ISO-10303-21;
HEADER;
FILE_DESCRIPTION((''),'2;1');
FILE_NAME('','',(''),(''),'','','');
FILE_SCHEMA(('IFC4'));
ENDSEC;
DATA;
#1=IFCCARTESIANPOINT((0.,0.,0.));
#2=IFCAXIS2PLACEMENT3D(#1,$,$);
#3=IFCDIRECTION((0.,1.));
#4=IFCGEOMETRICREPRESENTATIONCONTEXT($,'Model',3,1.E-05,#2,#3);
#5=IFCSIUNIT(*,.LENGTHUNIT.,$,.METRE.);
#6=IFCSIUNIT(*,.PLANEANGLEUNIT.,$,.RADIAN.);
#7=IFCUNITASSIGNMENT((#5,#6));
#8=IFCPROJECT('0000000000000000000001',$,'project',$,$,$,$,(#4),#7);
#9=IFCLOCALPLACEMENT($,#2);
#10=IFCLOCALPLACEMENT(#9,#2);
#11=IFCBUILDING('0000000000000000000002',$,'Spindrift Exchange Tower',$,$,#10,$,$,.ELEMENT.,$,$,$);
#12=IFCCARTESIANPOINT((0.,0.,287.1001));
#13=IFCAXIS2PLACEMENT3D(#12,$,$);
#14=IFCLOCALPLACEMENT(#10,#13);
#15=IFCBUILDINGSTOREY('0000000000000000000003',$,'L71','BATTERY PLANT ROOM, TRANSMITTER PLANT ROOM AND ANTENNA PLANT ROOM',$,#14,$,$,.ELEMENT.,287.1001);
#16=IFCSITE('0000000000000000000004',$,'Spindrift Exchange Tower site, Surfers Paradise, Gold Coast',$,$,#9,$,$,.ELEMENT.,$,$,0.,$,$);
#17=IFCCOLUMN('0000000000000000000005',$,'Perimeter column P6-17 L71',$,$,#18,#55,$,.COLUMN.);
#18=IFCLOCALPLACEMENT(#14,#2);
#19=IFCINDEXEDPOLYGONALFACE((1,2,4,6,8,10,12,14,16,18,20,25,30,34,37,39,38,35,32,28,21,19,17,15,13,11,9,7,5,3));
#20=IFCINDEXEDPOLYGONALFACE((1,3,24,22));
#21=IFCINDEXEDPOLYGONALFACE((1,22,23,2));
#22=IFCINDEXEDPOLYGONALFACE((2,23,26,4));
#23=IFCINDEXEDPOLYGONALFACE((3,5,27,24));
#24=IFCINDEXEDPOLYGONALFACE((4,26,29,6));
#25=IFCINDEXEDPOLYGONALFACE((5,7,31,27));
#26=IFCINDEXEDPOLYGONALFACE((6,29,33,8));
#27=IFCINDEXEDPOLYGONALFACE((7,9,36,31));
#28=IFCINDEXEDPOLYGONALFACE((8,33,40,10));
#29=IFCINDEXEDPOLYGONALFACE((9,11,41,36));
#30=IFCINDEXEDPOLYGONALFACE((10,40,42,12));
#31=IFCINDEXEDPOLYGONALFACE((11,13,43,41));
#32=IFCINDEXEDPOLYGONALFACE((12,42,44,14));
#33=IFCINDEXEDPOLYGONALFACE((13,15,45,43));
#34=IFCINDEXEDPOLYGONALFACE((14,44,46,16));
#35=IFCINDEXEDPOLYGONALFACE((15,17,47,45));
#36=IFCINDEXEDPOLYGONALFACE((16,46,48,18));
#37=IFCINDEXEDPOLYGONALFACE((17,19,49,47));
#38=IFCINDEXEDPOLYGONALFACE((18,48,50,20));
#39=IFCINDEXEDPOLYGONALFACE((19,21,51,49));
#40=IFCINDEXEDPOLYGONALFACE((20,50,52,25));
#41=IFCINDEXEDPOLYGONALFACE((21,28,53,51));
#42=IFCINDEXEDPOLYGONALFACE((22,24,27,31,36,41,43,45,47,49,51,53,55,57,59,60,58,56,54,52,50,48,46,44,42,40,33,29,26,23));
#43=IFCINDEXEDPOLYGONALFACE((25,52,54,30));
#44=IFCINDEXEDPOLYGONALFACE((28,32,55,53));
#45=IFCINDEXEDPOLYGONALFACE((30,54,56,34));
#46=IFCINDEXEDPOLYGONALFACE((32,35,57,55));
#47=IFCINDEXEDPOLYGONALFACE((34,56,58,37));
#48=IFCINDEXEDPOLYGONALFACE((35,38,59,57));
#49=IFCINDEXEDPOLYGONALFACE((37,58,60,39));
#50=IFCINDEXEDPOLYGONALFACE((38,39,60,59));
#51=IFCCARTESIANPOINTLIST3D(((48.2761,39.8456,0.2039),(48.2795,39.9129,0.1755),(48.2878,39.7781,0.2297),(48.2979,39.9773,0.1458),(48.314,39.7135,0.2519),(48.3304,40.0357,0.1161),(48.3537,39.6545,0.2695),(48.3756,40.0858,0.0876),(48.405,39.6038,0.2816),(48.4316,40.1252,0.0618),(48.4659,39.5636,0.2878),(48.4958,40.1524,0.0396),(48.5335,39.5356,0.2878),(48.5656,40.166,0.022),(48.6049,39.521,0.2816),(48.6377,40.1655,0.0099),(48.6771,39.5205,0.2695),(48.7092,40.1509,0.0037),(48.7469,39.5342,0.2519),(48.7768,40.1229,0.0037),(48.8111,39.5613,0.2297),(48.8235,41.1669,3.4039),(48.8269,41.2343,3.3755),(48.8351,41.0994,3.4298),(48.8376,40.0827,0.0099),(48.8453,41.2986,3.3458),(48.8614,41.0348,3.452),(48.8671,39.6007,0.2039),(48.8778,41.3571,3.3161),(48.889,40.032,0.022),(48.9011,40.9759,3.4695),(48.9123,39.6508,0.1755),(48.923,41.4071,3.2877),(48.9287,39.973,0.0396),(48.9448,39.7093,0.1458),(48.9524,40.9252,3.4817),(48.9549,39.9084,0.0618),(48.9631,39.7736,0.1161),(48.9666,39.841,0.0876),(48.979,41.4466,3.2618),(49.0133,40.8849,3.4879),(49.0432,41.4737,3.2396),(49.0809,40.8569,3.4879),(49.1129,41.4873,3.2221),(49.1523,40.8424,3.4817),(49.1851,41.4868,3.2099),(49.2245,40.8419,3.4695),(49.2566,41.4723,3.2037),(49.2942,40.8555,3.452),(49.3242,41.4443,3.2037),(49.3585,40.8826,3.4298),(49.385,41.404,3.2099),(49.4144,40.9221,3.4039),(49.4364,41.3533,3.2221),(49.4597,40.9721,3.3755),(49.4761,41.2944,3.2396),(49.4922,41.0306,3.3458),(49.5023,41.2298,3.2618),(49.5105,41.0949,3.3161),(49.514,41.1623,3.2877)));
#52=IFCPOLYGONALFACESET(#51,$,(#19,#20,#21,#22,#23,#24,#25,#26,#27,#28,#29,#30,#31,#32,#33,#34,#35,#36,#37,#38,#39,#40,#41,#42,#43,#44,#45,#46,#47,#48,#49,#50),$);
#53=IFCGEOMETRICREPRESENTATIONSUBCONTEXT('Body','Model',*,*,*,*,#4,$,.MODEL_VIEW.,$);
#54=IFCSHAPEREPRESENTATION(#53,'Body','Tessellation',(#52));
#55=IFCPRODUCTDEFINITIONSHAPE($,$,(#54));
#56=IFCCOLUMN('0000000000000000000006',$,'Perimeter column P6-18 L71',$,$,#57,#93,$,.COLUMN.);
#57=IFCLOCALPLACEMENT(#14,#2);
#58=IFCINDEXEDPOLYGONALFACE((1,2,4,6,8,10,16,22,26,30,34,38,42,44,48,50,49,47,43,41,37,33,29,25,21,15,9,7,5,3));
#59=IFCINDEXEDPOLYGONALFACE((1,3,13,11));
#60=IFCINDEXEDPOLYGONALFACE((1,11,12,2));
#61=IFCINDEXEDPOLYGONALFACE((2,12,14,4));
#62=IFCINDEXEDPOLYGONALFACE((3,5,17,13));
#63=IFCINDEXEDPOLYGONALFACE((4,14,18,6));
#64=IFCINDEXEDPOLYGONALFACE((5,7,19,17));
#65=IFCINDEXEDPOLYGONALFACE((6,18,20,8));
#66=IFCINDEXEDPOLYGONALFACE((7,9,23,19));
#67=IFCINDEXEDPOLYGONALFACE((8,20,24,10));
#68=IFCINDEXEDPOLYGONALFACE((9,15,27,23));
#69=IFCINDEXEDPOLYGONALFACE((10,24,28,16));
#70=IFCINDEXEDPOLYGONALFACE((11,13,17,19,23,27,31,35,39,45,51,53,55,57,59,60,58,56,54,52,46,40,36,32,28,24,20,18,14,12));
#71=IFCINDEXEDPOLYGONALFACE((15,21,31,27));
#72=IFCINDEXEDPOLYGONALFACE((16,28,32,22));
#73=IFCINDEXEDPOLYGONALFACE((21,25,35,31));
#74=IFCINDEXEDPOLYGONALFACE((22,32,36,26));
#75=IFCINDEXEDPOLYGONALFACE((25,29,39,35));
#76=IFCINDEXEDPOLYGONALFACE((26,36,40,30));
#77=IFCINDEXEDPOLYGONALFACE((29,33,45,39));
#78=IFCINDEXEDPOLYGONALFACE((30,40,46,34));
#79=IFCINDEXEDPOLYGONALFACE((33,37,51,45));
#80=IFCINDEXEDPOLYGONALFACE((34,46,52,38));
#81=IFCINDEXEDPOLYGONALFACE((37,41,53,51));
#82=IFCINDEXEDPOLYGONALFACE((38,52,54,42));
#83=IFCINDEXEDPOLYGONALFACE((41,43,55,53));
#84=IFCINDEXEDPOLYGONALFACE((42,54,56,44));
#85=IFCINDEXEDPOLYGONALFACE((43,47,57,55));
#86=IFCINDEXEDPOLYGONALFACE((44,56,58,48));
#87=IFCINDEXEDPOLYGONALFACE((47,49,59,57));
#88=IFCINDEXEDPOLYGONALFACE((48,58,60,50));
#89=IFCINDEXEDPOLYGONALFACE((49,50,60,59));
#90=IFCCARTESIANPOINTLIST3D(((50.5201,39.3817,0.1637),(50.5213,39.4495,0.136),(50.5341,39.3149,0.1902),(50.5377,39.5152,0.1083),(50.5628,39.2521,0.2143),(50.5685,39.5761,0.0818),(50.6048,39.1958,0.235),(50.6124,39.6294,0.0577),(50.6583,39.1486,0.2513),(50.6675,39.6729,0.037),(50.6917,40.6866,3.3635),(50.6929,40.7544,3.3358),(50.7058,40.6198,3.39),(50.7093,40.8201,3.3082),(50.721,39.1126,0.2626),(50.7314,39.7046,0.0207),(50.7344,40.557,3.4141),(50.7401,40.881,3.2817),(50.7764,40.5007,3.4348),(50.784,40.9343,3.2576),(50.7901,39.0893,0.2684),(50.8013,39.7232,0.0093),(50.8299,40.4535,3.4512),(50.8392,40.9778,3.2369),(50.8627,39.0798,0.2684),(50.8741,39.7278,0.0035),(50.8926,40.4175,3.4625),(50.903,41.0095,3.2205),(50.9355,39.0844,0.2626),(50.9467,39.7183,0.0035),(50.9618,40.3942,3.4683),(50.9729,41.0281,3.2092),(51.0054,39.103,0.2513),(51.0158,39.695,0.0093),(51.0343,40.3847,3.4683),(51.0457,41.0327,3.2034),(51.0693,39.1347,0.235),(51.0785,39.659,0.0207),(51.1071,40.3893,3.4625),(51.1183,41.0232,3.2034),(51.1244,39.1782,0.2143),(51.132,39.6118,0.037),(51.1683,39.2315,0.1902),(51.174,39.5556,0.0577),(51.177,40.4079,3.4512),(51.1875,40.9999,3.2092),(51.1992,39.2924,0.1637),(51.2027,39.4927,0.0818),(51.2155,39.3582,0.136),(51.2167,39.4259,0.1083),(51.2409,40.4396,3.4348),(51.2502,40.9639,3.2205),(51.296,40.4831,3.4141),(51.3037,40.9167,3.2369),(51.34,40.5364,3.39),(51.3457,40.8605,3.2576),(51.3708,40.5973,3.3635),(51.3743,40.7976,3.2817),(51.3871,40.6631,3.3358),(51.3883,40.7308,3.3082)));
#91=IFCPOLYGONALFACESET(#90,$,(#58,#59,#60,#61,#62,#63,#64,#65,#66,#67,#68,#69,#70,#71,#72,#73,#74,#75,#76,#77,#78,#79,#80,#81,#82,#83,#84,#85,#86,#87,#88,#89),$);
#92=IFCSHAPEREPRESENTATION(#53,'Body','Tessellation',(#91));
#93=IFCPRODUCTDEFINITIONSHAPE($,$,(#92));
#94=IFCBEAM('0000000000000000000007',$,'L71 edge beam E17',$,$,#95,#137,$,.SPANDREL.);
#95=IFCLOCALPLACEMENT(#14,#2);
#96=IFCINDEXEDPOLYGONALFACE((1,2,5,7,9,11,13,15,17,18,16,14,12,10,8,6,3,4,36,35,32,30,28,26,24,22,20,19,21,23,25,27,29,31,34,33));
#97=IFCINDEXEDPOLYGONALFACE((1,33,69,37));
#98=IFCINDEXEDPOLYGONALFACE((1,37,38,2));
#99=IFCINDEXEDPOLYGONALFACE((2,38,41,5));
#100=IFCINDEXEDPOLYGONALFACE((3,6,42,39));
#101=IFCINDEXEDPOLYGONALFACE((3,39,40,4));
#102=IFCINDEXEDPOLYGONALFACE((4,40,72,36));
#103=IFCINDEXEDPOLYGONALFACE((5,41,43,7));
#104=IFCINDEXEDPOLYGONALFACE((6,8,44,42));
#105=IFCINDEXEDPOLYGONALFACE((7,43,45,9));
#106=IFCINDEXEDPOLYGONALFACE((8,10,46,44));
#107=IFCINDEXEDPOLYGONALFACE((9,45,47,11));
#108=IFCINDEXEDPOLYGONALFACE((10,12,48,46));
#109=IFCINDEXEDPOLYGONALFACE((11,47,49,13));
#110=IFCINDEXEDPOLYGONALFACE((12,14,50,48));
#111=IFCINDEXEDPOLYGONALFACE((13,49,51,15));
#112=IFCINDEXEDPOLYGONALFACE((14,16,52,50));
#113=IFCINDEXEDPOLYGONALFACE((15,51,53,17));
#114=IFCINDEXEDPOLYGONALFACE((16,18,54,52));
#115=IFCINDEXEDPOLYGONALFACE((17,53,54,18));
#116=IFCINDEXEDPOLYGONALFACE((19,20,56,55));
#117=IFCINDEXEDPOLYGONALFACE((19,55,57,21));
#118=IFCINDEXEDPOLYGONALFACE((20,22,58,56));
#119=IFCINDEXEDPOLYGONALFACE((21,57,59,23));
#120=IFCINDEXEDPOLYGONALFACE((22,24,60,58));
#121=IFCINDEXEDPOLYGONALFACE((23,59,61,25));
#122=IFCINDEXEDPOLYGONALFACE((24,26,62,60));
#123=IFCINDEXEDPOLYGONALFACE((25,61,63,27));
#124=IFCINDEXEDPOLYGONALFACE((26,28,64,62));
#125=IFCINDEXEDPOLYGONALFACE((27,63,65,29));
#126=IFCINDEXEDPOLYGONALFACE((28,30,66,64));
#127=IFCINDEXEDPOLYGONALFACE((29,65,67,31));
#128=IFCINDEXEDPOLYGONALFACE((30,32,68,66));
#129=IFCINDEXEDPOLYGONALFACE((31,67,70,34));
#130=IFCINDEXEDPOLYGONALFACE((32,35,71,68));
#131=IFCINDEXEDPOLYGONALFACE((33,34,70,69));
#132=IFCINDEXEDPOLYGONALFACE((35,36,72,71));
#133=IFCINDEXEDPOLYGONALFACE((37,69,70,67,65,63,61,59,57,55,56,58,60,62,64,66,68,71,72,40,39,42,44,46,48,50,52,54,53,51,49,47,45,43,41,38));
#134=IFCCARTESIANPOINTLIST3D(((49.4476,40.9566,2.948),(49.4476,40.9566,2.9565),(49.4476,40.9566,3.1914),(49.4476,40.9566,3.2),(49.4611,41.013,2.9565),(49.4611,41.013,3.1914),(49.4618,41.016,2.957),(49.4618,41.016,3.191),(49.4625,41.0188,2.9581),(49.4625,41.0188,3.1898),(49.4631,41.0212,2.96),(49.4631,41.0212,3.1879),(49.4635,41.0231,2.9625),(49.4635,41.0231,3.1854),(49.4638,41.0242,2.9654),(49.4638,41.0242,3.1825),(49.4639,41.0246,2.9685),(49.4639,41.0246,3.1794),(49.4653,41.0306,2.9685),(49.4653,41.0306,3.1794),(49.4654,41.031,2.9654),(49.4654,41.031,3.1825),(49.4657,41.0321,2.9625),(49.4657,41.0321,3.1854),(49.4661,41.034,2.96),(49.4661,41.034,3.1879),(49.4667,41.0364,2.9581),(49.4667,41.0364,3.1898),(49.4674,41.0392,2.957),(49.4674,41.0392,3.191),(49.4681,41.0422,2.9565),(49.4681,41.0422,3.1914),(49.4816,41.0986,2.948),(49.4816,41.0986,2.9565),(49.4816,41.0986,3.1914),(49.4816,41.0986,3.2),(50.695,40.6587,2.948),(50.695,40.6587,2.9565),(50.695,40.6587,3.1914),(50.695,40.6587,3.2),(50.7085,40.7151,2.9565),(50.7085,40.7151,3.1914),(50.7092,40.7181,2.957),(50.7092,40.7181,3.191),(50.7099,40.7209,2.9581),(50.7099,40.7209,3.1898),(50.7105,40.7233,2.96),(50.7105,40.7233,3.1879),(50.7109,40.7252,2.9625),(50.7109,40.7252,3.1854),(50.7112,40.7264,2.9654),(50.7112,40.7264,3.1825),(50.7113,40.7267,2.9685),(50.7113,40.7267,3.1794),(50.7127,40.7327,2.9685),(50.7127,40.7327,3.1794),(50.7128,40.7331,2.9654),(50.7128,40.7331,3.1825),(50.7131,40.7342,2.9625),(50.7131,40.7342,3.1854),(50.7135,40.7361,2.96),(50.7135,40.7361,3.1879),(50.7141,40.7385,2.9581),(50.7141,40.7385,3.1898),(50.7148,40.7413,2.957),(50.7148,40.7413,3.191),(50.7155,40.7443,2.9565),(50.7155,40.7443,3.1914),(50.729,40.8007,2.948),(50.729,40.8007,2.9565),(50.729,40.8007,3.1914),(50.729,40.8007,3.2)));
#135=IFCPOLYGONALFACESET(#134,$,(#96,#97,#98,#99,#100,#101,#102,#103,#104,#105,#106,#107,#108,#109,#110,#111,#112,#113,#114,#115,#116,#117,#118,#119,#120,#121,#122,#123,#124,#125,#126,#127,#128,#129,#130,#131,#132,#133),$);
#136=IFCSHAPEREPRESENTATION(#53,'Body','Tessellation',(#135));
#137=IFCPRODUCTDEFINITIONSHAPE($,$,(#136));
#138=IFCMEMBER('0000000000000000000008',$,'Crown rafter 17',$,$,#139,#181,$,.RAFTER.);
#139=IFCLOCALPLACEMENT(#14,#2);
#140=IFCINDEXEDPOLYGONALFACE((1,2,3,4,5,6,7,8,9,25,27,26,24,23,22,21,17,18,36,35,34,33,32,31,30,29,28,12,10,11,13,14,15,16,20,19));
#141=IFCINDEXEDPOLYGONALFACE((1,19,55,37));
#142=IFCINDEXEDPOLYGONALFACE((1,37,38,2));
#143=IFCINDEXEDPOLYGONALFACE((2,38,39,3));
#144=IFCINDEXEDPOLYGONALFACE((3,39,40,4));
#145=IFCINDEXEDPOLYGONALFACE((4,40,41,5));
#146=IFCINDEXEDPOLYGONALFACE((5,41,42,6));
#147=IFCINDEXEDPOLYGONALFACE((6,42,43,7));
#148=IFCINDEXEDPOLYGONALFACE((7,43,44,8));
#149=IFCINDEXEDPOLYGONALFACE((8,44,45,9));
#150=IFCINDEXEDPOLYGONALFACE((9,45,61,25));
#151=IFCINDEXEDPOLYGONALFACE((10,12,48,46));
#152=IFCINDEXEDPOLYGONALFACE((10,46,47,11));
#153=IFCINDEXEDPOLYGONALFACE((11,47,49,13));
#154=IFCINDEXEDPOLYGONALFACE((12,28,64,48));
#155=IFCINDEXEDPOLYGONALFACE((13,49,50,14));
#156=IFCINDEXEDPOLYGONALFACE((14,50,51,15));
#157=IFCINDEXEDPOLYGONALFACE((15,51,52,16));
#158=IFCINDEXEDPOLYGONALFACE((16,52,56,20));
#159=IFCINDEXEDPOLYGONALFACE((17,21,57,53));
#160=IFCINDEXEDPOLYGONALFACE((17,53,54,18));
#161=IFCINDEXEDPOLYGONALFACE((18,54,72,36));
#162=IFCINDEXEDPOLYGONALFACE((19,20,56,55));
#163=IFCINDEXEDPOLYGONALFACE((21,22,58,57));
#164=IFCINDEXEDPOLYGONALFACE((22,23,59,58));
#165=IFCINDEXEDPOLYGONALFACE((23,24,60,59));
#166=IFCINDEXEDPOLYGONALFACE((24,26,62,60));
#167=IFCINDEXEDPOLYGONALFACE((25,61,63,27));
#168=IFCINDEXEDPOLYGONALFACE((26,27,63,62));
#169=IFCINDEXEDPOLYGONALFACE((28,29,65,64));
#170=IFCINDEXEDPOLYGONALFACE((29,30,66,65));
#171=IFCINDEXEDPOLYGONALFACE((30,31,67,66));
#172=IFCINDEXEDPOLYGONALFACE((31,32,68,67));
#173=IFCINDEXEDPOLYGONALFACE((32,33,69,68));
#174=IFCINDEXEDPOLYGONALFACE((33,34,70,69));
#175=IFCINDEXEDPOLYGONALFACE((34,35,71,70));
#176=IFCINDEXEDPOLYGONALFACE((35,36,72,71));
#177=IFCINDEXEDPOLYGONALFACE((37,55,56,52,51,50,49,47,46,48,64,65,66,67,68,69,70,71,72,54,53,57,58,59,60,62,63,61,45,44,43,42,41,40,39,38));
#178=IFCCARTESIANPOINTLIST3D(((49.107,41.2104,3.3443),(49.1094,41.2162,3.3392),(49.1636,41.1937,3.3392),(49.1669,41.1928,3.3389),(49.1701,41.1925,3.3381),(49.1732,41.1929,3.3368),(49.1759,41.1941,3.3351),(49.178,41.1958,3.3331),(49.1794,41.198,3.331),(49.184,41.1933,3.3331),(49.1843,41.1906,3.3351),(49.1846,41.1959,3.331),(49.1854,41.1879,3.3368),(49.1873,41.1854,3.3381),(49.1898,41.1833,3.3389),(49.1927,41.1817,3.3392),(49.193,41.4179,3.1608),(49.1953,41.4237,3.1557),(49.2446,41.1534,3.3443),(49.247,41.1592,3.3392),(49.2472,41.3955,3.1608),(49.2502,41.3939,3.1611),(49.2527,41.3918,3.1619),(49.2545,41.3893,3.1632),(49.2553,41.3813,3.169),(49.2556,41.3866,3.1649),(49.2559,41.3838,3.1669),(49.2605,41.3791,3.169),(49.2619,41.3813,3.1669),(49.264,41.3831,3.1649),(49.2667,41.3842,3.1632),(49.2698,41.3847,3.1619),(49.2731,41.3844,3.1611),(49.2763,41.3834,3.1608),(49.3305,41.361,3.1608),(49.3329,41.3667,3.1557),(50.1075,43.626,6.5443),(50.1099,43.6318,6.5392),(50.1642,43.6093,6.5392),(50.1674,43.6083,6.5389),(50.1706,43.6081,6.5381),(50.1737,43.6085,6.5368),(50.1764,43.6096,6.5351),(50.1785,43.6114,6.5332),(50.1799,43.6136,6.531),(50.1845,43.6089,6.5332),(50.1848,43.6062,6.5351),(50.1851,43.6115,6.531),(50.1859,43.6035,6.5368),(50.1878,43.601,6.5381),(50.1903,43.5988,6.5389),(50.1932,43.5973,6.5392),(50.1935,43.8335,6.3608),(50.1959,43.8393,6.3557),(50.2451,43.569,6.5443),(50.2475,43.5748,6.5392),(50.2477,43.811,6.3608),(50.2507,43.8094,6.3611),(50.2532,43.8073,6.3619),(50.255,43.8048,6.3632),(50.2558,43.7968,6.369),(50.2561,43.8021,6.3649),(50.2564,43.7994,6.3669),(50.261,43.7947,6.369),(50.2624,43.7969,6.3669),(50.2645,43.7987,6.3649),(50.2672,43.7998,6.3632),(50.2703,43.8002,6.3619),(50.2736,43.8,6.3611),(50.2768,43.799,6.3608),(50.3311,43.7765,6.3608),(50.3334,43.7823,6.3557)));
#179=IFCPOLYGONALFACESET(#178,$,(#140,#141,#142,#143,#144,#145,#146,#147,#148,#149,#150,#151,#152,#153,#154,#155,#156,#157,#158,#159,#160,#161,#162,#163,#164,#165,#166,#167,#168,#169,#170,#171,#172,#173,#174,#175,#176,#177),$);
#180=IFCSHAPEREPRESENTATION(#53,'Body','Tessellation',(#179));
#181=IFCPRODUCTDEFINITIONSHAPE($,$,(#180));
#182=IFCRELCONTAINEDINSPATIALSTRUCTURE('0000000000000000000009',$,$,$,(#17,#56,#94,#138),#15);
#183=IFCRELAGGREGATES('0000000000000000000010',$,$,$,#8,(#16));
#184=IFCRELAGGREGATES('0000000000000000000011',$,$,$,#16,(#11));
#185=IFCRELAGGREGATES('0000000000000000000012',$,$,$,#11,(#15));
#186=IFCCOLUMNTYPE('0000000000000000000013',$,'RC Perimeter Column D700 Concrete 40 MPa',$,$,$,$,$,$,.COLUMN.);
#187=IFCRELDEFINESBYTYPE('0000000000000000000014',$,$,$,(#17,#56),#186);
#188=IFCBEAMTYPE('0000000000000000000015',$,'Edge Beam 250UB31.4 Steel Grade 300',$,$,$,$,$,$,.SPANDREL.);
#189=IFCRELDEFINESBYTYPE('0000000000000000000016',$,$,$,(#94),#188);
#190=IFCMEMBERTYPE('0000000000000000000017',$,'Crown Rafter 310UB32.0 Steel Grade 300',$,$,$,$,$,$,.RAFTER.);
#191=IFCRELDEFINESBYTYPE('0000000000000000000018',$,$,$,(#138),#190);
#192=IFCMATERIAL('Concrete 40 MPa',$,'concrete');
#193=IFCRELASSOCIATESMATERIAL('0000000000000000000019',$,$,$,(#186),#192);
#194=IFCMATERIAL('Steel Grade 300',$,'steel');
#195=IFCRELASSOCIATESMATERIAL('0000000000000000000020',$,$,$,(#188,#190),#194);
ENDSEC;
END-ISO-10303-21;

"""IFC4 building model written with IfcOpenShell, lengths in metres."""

from ifc_helpers import new_model, si_unit, direction, frame, origin, origin_2d, place, context, subcontext, project, spatial, circle, i_section, extrude, source, transform, mapped, material, material_profile, profile_set, type_object, element, save


model = new_model("IFC4")

# Units and contexts
model_context = context("Model", 3, precision=1e-05, world=origin(), true_north=direction((0.0, 1.0)))
body_context = subcontext(model_context, "Body", "Model", "MODEL_VIEW")
ifc_project = project(units=[si_unit("LENGTHUNIT", "METRE"), si_unit("PLANEANGLEUNIT", "RADIAN")], contexts=[model_context])

# Site, building, storey
site_placement = place(None, origin())
site = spatial("IfcSite", under=ifc_project, at=site_placement, Name="Spindrift Exchange Tower site, Surfers Paradise, Gold Coast", CompositionType="ELEMENT", RefElevation=0.0)
building_placement = place(site_placement, origin())
building = spatial("IfcBuilding", under=site, at=building_placement, Name="Spindrift Exchange Tower", CompositionType="ELEMENT")
storey_placement = place(building_placement, frame((0.0, 0.0, 287.1001)))
storey = spatial("IfcBuildingStorey", under=building, at=storey_placement, Name="L71", Description="BATTERY PLANT ROOM, TRANSMITTER PLANT ROOM AND ANTENNA PLANT ROOM", CompositionType="ELEMENT", Elevation=287.1001)

# Columns
ifc_material_1 = material(Name="Concrete 40 MPa", Category="concrete")
ifc_material_profile_1 = material_profile(ifc_material_1, circle(Radius=0.3501, at=origin_2d()), Name="RC D700")
ifc_profile_set_1 = profile_set([ifc_material_profile_1], Name="Concrete 40 MPa")
column_type = type_object("IfcColumnType", Name="RC Perimeter Column D700 Concrete 40 MPa", PredefinedType="COLUMN", material=ifc_profile_set_1)
shared_shape_1 = source(origin(), body_context, "Body", "SweptSolid", [
    extrude(circle(Radius=0.3501, at=origin_2d()), origin(), (0.0, 0.0, 1.0), 3.5051),
])
column_1_placement = place(storey_placement, frame((48.6213, 39.8433, 0.1458), z_axis=(0.156166, 0.376971, 0.912965), x_axis=(-0.923863, 0.382724, 0.0)))
element("IfcColumn", 1, at=column_1_placement, inside=storey, type_object=column_type, Name="Perimeter column P6-17 L71", PredefinedType="COLUMN", context=body_context, shape_type="MappedRepresentation", body=[
    mapped(shared_shape_1, transform((0.0, 0.0, 0.0), scale=1.0)),
])
shared_shape_2 = source(origin(), body_context, "Body", "SweptSolid", [
    extrude(circle(Radius=0.3501, at=origin_2d()), origin(), (0.0, 0.0, 1.0), 3.46),
])
column_2_placement = place(storey_placement, frame((50.8684, 39.4038, 0.136), z_axis=(0.049603, 0.377142, 0.924826), x_axis=(-0.991461, 0.130402, 0.0)))
element("IfcColumn", 2, at=column_2_placement, inside=storey, type_object=column_type, Name="Perimeter column P6-18 L71", PredefinedType="COLUMN", context=body_context, shape_type="MappedRepresentation", body=[
    mapped(shared_shape_2, transform((0.0, 0.0, 0.0), scale=1.0)),
])

# Beam
ifc_material_2 = material(Name="Steel Grade 300", Category="steel")
ifc_material_profile_2 = material_profile(ifc_material_2, i_section(OverallWidth=0.146, OverallDepth=0.252, WebThickness=0.0061, FlangeThickness=0.0085, FilletRadius=0.012, at=origin_2d()), Name="250UB31.4")
ifc_profile_set_2 = profile_set([ifc_material_profile_2], Name="Steel Grade 300")
beam_type = type_object("IfcBeamType", Name="Edge Beam 250UB31.4 Steel Grade 300", PredefinedType="SPANDREL", material=ifc_profile_set_2)
shared_shape_3 = source(origin(), body_context, "Body", "SweptSolid", [
    extrude(i_section(OverallWidth=0.146, OverallDepth=0.252, WebThickness=0.0061, FlangeThickness=0.0085, FilletRadius=0.012, at=origin_2d()), origin(), (0.0, 0.0, 1.0), 1.2825),
])
beam_placement = place(storey_placement, frame((49.4646, 41.0276, 3.074), z_axis=(0.972653, -0.232264, 0.0), x_axis=(0.232264, 0.972653, 0.0)))
element("IfcBeam", 3, at=beam_placement, inside=storey, type_object=beam_type, Name="L71 edge beam E17", PredefinedType="SPANDREL", context=body_context, shape_type="MappedRepresentation", body=[
    mapped(shared_shape_3, transform((0.0, 0.0, 0.0), scale=1.0)),
])

# Member
ifc_material_profile_3 = material_profile(ifc_material_2, i_section(OverallWidth=0.1489, OverallDepth=0.2981, WebThickness=0.0056, FlangeThickness=0.0081, FilletRadius=0.0129, at=origin_2d()), Name="310UB32.0")
ifc_profile_set_3 = profile_set([ifc_material_profile_3], Name="Steel Grade 300")
member_type_1 = type_object("IfcMemberType", Name="Crown Rafter 310UB32.0 Steel Grade 300", PredefinedType="RAFTER", material=ifc_profile_set_3)
shared_shape_4 = source(origin(), body_context, "Body", "SweptSolid", [
    extrude(i_section(OverallWidth=0.1489, OverallDepth=0.2981, WebThickness=0.0056, FlangeThickness=0.0081, FilletRadius=0.0129, at=origin_2d()), origin(), (0.0, 0.0, 1.0), 4.1323),
])
member_1_placement = place(storey_placement, frame((49.22, 41.2886, 3.25), z_axis=(0.242117, 0.584556, 0.774386), x_axis=(-0.923887, 0.382665, 0.0)))
element("IfcMember", 4, at=member_1_placement, inside=storey, type_object=member_type_1, Name="Crown rafter 17", PredefinedType="RAFTER", context=body_context, shape_type="MappedRepresentation", body=[
    mapped(shared_shape_4, transform((0.0, 0.0, 0.0), scale=1.0)),
])

save(model, "model.ifc")
